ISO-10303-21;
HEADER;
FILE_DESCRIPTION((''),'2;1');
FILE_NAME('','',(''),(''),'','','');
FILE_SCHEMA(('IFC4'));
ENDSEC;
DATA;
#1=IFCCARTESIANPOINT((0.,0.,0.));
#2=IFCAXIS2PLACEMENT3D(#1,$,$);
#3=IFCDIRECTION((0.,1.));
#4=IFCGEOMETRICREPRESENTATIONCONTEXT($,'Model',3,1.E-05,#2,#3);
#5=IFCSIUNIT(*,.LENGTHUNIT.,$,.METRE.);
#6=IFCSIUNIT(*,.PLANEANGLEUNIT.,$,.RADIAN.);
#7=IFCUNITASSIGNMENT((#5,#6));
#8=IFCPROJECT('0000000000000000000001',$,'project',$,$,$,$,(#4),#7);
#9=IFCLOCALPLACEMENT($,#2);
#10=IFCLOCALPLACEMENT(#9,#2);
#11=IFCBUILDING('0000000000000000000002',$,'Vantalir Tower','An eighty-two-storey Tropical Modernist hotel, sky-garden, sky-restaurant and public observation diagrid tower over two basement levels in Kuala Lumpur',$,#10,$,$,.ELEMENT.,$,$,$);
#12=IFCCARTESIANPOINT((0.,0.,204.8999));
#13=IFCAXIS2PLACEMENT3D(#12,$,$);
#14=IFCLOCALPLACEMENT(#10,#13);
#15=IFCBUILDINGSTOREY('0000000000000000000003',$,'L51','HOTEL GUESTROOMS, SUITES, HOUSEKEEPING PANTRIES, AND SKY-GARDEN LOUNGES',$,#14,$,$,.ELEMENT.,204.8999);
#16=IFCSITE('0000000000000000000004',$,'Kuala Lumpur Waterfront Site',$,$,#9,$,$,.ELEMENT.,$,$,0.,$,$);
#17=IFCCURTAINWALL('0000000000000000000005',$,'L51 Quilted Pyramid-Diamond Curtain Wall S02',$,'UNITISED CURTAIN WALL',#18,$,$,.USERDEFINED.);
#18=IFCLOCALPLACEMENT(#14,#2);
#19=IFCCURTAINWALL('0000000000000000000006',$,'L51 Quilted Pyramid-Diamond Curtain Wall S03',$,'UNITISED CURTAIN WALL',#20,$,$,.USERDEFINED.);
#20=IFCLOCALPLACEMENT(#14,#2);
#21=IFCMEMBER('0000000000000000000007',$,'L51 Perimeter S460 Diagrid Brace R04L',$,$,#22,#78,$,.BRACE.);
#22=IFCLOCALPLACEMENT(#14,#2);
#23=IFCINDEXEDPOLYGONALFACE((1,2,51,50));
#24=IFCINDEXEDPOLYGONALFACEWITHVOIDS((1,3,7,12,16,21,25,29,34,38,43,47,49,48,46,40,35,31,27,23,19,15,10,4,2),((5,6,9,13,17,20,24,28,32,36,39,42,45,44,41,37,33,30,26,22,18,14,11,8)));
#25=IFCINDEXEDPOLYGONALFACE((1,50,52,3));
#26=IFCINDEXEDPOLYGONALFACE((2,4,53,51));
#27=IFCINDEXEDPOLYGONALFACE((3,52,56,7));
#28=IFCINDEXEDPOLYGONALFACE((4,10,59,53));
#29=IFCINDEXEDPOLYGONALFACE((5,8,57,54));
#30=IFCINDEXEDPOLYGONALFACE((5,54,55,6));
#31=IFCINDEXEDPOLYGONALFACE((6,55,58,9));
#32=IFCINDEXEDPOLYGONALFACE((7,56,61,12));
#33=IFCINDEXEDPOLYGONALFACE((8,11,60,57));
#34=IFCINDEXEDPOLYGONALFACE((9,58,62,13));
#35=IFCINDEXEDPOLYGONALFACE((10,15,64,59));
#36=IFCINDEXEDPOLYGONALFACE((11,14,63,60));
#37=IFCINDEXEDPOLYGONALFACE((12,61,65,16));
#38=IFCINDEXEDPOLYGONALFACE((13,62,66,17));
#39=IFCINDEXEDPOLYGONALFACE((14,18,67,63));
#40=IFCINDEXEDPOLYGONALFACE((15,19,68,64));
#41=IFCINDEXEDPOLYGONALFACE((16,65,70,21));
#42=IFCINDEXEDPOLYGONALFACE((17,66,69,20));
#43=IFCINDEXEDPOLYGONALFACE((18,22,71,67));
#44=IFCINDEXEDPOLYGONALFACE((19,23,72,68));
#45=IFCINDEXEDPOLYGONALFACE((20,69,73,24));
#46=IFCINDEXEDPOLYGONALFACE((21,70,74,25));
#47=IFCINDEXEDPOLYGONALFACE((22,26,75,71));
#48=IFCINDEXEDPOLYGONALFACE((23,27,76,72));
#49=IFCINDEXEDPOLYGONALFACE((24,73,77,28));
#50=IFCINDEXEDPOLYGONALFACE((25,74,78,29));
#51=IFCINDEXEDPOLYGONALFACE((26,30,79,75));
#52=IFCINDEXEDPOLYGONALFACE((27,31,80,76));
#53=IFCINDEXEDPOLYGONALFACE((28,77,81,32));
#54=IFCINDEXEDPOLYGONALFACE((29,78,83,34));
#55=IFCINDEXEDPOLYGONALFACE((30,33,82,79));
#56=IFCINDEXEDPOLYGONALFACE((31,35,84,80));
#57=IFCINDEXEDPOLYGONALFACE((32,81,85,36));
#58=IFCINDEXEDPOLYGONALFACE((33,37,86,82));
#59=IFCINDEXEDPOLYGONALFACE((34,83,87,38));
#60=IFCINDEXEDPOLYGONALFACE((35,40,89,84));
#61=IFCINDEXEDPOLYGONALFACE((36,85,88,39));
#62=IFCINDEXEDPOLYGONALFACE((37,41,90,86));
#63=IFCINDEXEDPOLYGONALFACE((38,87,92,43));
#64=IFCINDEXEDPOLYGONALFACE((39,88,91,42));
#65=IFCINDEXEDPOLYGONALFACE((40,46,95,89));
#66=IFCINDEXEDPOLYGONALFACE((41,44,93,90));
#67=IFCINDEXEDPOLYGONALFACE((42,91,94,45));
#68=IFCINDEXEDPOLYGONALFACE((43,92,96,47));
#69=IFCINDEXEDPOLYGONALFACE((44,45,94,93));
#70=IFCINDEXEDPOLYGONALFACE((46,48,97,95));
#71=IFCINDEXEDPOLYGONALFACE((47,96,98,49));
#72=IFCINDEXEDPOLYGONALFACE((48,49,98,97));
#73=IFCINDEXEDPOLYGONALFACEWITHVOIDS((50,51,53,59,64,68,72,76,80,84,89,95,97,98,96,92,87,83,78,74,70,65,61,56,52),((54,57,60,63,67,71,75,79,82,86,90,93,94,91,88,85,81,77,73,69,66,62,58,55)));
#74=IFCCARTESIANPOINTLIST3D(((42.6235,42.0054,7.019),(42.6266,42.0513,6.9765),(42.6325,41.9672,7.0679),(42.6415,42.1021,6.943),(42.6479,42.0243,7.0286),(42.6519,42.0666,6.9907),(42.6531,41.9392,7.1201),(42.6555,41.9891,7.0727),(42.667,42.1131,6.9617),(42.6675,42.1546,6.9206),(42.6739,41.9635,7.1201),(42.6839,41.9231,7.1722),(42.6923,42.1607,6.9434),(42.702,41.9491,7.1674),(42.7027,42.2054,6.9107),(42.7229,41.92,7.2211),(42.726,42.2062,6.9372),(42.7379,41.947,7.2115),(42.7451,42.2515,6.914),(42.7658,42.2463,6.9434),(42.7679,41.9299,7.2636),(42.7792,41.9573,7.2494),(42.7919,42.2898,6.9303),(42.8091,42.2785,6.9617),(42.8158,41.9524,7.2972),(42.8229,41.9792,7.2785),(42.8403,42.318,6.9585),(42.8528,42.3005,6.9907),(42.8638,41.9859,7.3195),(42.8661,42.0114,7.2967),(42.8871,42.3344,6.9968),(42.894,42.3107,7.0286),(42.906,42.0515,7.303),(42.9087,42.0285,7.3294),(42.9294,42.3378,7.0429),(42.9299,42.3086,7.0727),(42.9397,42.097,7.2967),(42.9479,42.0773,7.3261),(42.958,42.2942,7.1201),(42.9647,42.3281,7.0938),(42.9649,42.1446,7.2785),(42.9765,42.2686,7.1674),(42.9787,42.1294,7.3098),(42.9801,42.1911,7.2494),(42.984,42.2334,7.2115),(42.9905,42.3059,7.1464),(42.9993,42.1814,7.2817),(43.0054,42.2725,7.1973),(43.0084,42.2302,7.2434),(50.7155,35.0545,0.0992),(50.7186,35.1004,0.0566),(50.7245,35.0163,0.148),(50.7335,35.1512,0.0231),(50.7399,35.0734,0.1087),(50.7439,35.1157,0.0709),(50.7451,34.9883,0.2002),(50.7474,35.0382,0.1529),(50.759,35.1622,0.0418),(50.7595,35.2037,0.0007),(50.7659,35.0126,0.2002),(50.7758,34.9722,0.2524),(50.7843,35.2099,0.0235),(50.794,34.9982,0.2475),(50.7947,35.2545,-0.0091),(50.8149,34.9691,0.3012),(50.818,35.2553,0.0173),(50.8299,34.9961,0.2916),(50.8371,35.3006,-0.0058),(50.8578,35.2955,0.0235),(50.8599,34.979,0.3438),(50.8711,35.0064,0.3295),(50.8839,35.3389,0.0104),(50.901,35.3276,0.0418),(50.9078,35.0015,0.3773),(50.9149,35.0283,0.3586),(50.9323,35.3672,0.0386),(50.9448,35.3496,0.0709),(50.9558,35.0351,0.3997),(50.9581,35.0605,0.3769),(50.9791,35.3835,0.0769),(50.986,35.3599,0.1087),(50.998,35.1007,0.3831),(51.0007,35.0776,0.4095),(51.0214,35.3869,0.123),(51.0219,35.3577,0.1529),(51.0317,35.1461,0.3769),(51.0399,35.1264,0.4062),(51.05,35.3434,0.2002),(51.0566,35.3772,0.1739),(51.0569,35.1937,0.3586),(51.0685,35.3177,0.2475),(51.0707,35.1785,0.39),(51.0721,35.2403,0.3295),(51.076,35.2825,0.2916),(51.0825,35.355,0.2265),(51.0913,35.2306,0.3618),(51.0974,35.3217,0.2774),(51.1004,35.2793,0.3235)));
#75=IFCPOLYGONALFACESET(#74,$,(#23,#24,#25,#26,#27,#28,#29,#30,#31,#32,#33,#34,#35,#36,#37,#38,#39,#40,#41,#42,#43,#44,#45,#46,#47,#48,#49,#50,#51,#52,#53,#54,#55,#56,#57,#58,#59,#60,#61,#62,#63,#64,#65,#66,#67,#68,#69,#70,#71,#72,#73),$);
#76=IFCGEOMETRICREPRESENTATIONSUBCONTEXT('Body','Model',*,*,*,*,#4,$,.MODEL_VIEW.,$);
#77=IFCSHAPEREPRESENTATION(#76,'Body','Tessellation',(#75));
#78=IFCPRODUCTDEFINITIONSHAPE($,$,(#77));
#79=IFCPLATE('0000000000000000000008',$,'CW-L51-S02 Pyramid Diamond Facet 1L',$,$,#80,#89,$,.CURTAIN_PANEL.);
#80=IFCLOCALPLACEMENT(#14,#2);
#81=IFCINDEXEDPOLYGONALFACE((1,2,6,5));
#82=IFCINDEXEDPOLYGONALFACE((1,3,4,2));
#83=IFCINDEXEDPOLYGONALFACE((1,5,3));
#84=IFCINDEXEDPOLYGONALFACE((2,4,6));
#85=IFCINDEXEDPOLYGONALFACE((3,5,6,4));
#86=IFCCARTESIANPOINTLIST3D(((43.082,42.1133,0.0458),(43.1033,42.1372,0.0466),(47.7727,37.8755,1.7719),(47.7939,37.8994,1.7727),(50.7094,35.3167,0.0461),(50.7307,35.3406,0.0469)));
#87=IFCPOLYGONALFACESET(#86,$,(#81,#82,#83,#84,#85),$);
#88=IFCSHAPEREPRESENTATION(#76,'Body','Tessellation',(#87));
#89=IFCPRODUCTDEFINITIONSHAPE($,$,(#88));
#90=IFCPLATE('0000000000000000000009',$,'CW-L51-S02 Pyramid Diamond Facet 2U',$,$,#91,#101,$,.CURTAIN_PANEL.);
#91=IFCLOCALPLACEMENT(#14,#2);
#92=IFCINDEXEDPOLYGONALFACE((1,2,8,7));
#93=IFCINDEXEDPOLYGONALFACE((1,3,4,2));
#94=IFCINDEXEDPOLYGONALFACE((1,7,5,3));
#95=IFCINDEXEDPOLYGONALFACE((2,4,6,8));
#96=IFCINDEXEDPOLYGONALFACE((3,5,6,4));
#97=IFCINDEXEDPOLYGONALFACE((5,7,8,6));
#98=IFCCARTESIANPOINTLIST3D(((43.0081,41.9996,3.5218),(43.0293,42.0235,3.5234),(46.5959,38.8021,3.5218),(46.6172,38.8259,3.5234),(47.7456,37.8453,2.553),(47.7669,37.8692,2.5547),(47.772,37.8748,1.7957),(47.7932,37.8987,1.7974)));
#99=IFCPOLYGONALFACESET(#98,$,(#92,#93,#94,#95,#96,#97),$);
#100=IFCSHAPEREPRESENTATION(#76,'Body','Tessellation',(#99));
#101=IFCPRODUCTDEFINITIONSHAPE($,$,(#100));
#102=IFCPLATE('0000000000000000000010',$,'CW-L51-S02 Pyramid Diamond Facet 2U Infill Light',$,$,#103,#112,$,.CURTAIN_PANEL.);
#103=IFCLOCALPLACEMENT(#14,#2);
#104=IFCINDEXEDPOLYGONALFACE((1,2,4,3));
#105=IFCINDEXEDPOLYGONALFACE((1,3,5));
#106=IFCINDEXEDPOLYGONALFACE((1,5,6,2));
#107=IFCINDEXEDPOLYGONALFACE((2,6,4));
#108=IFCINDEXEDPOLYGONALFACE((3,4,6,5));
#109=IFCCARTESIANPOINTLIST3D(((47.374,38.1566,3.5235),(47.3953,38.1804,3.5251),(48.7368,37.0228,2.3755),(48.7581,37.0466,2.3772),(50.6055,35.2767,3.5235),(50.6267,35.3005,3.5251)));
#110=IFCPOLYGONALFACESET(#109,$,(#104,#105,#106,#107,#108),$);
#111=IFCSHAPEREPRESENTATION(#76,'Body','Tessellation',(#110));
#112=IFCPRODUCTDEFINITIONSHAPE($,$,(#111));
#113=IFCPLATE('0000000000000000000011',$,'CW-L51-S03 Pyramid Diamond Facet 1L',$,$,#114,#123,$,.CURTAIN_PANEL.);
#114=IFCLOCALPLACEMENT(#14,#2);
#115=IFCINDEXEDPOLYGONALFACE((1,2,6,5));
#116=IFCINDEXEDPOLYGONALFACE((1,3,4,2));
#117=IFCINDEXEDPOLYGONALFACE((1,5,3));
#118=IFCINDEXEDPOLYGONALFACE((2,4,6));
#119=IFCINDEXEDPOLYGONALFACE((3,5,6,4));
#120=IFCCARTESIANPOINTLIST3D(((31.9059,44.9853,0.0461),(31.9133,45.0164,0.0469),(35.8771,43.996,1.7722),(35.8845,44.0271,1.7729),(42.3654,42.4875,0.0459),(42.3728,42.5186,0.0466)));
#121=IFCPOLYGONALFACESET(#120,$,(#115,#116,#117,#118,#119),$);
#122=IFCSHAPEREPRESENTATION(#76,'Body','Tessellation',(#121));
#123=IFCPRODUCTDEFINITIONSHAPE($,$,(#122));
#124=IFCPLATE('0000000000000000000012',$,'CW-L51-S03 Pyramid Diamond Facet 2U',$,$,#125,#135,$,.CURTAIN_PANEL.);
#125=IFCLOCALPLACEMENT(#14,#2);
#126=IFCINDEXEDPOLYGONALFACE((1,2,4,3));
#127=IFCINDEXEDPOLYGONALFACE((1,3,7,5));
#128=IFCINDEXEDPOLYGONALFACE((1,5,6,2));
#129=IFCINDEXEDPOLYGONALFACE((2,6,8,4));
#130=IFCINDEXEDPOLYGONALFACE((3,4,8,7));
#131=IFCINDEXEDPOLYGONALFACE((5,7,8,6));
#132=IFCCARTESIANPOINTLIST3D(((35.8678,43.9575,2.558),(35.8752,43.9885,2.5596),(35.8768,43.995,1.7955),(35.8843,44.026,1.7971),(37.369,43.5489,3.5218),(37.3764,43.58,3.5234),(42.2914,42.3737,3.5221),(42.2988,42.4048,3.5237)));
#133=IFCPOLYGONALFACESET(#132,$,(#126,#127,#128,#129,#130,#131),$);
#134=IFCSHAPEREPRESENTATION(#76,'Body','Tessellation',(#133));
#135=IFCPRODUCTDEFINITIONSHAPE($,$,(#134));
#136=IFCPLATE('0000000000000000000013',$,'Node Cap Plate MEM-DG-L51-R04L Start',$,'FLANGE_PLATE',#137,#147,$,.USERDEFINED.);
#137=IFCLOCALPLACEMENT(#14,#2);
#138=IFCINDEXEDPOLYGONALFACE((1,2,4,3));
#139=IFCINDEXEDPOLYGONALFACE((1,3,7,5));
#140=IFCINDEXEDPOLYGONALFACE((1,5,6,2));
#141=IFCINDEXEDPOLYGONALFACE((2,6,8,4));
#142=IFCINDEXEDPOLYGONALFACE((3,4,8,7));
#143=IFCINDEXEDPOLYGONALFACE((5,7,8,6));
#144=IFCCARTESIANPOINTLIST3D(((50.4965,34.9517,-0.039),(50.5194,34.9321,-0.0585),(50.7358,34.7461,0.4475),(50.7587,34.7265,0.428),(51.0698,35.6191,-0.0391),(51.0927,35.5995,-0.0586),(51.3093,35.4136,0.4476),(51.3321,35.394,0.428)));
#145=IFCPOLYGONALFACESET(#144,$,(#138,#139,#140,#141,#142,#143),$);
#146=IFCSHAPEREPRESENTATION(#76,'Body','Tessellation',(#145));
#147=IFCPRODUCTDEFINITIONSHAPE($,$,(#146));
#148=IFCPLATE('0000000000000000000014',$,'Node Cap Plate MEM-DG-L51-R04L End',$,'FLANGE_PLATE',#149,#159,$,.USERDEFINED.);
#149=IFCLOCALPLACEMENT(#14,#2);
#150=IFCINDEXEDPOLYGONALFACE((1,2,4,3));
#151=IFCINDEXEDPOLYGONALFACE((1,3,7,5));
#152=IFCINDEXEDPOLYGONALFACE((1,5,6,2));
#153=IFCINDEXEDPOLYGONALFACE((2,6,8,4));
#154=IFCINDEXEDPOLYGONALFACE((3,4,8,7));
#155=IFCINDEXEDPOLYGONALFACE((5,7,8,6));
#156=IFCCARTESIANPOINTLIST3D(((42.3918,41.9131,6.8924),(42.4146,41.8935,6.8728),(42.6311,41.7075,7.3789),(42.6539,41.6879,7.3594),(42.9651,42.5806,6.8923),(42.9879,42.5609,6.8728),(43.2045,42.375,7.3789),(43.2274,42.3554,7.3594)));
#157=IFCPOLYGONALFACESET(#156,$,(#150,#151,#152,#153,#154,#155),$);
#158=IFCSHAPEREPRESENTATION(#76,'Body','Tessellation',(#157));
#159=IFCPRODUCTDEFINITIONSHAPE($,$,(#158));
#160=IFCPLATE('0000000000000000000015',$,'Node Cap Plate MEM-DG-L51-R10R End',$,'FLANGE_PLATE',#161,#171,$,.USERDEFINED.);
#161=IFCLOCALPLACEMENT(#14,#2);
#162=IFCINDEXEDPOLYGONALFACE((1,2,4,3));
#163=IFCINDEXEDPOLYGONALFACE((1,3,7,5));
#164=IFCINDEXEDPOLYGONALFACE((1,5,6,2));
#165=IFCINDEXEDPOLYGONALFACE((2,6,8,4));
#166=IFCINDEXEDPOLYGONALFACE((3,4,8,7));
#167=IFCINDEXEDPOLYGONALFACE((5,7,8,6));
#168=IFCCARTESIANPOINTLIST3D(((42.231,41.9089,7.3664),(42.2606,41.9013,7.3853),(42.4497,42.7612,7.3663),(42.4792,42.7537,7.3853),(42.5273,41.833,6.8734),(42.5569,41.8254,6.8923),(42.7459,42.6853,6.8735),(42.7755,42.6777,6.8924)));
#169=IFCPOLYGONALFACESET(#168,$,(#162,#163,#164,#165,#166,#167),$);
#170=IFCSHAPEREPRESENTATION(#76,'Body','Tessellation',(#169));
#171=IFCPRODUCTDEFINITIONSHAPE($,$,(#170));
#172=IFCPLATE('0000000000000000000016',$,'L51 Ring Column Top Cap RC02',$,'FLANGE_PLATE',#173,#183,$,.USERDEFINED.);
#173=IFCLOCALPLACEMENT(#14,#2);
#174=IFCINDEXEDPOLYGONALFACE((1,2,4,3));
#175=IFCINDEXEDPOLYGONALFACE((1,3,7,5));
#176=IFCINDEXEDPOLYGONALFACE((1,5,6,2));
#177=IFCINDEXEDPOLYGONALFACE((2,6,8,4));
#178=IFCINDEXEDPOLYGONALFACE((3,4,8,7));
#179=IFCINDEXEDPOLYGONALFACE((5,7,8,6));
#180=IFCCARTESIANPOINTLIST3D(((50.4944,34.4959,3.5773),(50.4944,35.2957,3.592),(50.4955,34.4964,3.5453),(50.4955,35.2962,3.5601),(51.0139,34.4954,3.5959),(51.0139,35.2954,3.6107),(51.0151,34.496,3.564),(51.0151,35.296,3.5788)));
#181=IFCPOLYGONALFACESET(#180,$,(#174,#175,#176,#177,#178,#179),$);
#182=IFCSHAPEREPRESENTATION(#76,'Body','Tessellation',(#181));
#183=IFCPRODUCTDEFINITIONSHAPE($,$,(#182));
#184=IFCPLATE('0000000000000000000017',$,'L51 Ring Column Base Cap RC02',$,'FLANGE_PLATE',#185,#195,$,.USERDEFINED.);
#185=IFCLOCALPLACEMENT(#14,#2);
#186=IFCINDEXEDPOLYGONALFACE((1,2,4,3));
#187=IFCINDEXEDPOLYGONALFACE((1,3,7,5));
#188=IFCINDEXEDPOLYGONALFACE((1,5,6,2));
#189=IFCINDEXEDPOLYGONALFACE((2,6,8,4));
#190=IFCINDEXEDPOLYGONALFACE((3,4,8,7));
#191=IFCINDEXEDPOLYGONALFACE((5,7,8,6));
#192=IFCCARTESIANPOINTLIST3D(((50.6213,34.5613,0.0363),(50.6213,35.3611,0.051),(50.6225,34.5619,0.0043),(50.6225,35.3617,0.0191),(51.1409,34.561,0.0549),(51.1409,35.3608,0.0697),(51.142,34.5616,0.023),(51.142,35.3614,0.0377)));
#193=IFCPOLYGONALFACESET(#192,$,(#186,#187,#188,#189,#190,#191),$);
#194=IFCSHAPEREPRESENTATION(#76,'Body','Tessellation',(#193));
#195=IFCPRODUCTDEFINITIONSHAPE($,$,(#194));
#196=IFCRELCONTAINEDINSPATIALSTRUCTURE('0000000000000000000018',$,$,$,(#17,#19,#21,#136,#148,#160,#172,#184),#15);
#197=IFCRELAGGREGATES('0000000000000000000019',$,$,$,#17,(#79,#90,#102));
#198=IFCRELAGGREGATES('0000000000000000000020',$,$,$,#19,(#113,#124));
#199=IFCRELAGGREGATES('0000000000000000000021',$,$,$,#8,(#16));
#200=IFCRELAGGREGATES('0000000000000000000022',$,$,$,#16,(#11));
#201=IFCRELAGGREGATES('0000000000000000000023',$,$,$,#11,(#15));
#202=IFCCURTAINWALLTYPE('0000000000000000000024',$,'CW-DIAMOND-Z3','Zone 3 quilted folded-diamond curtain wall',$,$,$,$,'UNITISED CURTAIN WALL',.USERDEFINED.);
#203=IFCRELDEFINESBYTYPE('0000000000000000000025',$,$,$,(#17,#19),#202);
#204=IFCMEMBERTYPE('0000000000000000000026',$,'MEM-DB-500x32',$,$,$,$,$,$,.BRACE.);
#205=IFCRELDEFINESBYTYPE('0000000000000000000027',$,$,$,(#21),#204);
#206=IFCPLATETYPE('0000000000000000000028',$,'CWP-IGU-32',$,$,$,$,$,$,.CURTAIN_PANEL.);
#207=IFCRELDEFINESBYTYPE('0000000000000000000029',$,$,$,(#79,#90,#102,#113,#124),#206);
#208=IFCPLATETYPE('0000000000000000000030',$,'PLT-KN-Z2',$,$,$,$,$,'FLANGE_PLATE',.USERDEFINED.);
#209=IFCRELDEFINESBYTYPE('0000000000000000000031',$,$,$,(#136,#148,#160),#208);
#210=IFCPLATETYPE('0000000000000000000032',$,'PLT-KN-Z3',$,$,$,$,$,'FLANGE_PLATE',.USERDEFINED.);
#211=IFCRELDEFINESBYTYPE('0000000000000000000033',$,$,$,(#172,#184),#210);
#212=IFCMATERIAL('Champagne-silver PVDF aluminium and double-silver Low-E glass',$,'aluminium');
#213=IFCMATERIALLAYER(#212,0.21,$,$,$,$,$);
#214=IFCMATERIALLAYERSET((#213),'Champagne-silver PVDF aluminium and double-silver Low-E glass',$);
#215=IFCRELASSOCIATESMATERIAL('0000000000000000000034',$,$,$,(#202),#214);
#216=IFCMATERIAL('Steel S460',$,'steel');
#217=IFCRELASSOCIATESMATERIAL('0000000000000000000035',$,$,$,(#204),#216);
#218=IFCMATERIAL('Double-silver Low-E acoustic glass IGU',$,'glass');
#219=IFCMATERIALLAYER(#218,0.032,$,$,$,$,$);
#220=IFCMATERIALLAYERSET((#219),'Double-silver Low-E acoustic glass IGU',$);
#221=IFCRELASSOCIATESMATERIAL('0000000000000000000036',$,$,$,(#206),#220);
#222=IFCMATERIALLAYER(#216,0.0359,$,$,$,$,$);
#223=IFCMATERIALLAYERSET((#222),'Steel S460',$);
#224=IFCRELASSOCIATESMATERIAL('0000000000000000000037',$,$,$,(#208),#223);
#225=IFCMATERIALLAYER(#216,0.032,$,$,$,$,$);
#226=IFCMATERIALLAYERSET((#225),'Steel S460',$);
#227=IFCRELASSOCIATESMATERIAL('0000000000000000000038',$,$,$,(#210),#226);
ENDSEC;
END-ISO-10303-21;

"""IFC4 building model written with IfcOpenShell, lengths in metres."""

from ifc_helpers import new_model, si_unit, direction, frame, origin, origin_2d, place, context, subcontext, project, spatial, polyline, hollow_circle, outline, extrude, material, layer, layer_set, material_profile, profile_set, type_object, element, aggregate, save


model = new_model("IFC4")

# Units and contexts
model_context = context("Model", 3, precision=1e-05, world=origin(), true_north=direction((0.0, 1.0)))
body_context = subcontext(model_context, "Body", "Model", "MODEL_VIEW")
ifc_project = project(units=[si_unit("LENGTHUNIT", "METRE"), si_unit("PLANEANGLEUNIT", "RADIAN")], contexts=[model_context])

# Site, building, storey
site_placement = place(None, origin())
site = spatial("IfcSite", under=ifc_project, at=site_placement, Name="Kuala Lumpur Waterfront Site", CompositionType="ELEMENT", RefElevation=0.0)
building_placement = place(site_placement, origin())
building = spatial("IfcBuilding", under=site, at=building_placement, Name="Vantalir Tower", Description="An eighty-two-storey Tropical Modernist hotel, sky-garden, sky-restaurant and public observation diagrid tower over two basement levels in Kuala Lumpur", CompositionType="ELEMENT")
storey_placement = place(building_placement, frame((0.0, 0.0, 204.8999)))
storey = spatial("IfcBuildingStorey", under=building, at=storey_placement, Name="L51", Description="HOTEL GUESTROOMS, SUITES, HOUSEKEEPING PANTRIES, AND SKY-GARDEN LOUNGES", CompositionType="ELEMENT", Elevation=204.8999)

# Shared definitions
ifc_material_1 = material(Name="Steel S460", Category="steel")

# Curtain wall
ifc_material_2 = material(Name="Champagne-silver PVDF aluminium and double-silver Low-E glass", Category="aluminium")
ifc_layer_1 = layer(ifc_material_2, 0.21)
ifc_layer_set_1 = layer_set([ifc_layer_1], Name="Champagne-silver PVDF aluminium and double-silver Low-E glass")
curtain_wall_type = type_object("IfcCurtainWallType", Name="CW-DIAMOND-Z3", Description="Zone 3 quilted folded-diamond curtain wall", ElementType="UNITISED CURTAIN WALL", PredefinedType="USERDEFINED", material=ifc_layer_set_1)
curtain_wall_1_placement = place(storey_placement, origin())
curtain_wall_1 = element("IfcCurtainWall", 1, at=curtain_wall_1_placement, inside=storey, type_object=curtain_wall_type, Name="L51 Quilted Pyramid-Diamond Curtain Wall S02", ObjectType="UNITISED CURTAIN WALL", PredefinedType="USERDEFINED")

# Curtain wall
curtain_wall_2_placement = place(storey_placement, origin())
curtain_wall_2 = element("IfcCurtainWall", 2, at=curtain_wall_2_placement, inside=storey, type_object=curtain_wall_type, Name="L51 Quilted Pyramid-Diamond Curtain Wall S03", ObjectType="UNITISED CURTAIN WALL", PredefinedType="USERDEFINED")

# Member
ifc_material_profile_1 = material_profile(ifc_material_1, hollow_circle(Radius=0.25, WallThickness=0.032, at=origin_2d()), Name="Steel S460")
ifc_profile_set_1 = profile_set([ifc_material_profile_1], Name="Steel S460")
member_type_1 = type_object("IfcMemberType", Name="MEM-DB-500x32", PredefinedType="BRACE", material=ifc_profile_set_1)
member_1_placement = place(storey_placement, frame((50.908, 35.178, 0.2002), z_axis=(-0.636396, 0.546654, 0.544215), x_axis=(-0.651596, -0.758566, 0.0)))
element("IfcMember", 3, at=member_1_placement, inside=storey, type_object=member_type_1, Name="L51 Perimeter S460 Diagrid Brace R04L", PredefinedType="BRACE", context=body_context, shape_type="SweptSolid", body=[
    extrude(hollow_circle(Radius=0.25, WallThickness=0.032, at=origin_2d()), origin(), (0.0, 0.0, 1.0), 12.7153),
])

# Plates
ifc_material_3 = material(Name="Double-silver Low-E acoustic glass IGU", Category="glass")
ifc_layer_2 = layer(ifc_material_3, 0.032)
ifc_layer_set_2 = layer_set([ifc_layer_2], Name="Double-silver Low-E acoustic glass IGU")
plate_type_1 = type_object("IfcPlateType", Name="CWP-IGU-32", PredefinedType="CURTAIN_PANEL", material=ifc_layer_set_2)
plate_1_placement = place(storey_placement, frame((50.7307, 35.3406, 0.0469), z_axis=(0.665065, 0.746363, 0.025101), x_axis=(-0.746598, 0.665276, -0.000024)))
plate_1 = element("IfcPlate", 4, at=plate_1_placement, type_object=plate_type_1, Name="CW-L51-S02 Pyramid Diamond Facet 1L", PredefinedType="CURTAIN_PANEL", context=body_context, shape_type="SweptSolid", body=[
    extrude(outline(polyline([(0.0, 0.0), (10.2163, 0.0), (3.8949, 1.7265), (0.0, 0.0)])), origin(), (0.0, 0.0, -1.0), 0.032),
])
plate_2_placement = place(storey_placement, frame((46.6172, 38.8259, 3.5234), z_axis=(0.664421, 0.745534, 0.052189), x_axis=(-0.746551, 0.665328, 0.0)))
plate_2 = element("IfcPlate", 5, at=plate_2_placement, type_object=plate_type_1, Name="CW-L51-S02 Pyramid Diamond Facet 2U", PredefinedType="CURTAIN_PANEL", context=body_context, shape_type="SweptSolid", body=[
    extrude(outline(polyline([(0.0, 0.0), (4.8059, 0.0), (-1.4949, -1.7284), (-1.4949, -0.9701), (0.0, 0.0)])), origin(), (0.0, 0.0, -1.0), 0.032),
])
plate_3_placement = place(storey_placement, frame((50.6267, 35.3005, 3.5251), z_axis=(0.664414, 0.745523, 0.052436), x_axis=(-0.74655, 0.66533, 0.0)))
plate_3 = element("IfcPlate", 6, at=plate_3_placement, type_object=plate_type_1, Name="CW-L51-S02 Pyramid Diamond Facet 2U Infill Light", PredefinedType="CURTAIN_PANEL", context=body_context, shape_type="SweptSolid", body=[
    extrude(outline(polyline([(0.0, 0.0), (4.3285, 0.0), (2.5568, -1.1495), (0.0, 0.0)])), origin(), (0.0, 0.0, -1.0), 0.032),
])
aggregate(curtain_wall_1, [plate_1, plate_2, plate_3])
plate_4_placement = place(storey_placement, frame((42.3728, 42.5186, 0.0466), z_axis=(0.232215, 0.972391, 0.023044), x_axis=(-0.97265, 0.232276, 0.000023)))
plate_4 = element("IfcPlate", 7, at=plate_4_placement, type_object=plate_type_1, Name="CW-L51-S03 Pyramid Diamond Facet 1L", PredefinedType="CURTAIN_PANEL", context=body_context, shape_type="SweptSolid", body=[
    extrude(outline(polyline([(0.0, 0.0), (10.7536, 0.0), (6.6613, 1.7266), (0.0, 0.0)])), origin(), (0.0, 0.0, -1.0), 0.032),
])
plate_5_placement = place(storey_placement, frame((42.2988, 42.4048, 3.5237), z_axis=(0.231921, 0.971421, 0.050528), x_axis=(-0.972663, 0.23222, -0.000049)))
plate_5 = element("IfcPlate", 8, at=plate_5_placement, type_object=plate_type_1, Name="CW-L51-S03 Pyramid Diamond Facet 2U", PredefinedType="CURTAIN_PANEL", context=body_context, shape_type="SweptSolid", body=[
    extrude(outline(polyline([(0.0, 0.0), (5.0607, 0.0), (6.6158, -0.965), (6.6158, -1.7284), (0.0, 0.0)])), origin(), (0.0, 0.0, -1.0), 0.032),
])
aggregate(curtain_wall_2, [plate_4, plate_5])

# Plates
ifc_layer_3 = layer(ifc_material_1, 0.0359)
ifc_layer_set_3 = layer_set([ifc_layer_3], Name="Steel S460")
plate_type_2 = type_object("IfcPlateType", Name="PLT-KN-Z2", ElementType="FLANGE_PLATE", PredefinedType="USERDEFINED", material=ifc_layer_set_3)
for number, where, z_axis, x_axis, name in (
    (9, (51.0698, 35.6191, -0.0391), (-0.636453, 0.546711, 0.544091), (-0.651579, -0.758581, 0.000048), "Node Cap Plate MEM-DG-L51-R04L Start"),
    (10, (42.9651, 42.5806, 6.8923), (-0.636453, 0.546711, 0.544091), (-0.651579, -0.758581, 0.000048), "Node Cap Plate MEM-DG-L51-R04L End"),
):
    element("IfcPlate", number, at=place(storey_placement, frame(where, z_axis=z_axis, x_axis=x_axis)), inside=storey, type_object=plate_type_2, Name=name, ObjectType="FLANGE_PLATE", PredefinedType="USERDEFINED", context=body_context, shape_type="SweptSolid", body=[
        extrude(outline(polyline([(0.0, 0.0), (0.8799, 0.0), (0.8799, 0.5799), (-0.0001, 0.58), (0.0, 0.0)])), origin(), (0.0, 0.0, -1.0), 0.0359),
    ])
plate_6_placement = place(storey_placement, frame((42.5569, 41.8254, 6.8923), z_axis=(0.823078, -0.211133, 0.527225), x_axis=(0.248436, 0.968648, 0.00006)))
element("IfcPlate", 11, at=plate_6_placement, inside=storey, type_object=plate_type_2, Name="Node Cap Plate MEM-DG-L51-R10R End", ObjectType="FLANGE_PLATE", PredefinedType="USERDEFINED", context=body_context, shape_type="SweptSolid", body=[
    extrude(outline(polyline([(0.0, 0.0), (0.8799, 0.0), (0.8799, 0.58), (-0.0001, 0.5802), (0.0, 0.0)])), origin(), (0.0, 0.0, -1.0), 0.0359),
])
ifc_layer_4 = layer(ifc_material_1, 0.032)
ifc_layer_set_4 = layer_set([ifc_layer_4], Name="Steel S460")
plate_type_3 = type_object("IfcPlateType", Name="PLT-KN-Z3", ElementType="FLANGE_PLATE", PredefinedType="USERDEFINED", material=ifc_layer_set_4)
plate_7_placement = place(storey_placement, frame((50.4944, 35.2957, 3.592), z_axis=(-0.035933, -0.01845, 0.999184), x_axis=(0.000005, -0.99983, -0.018461)))
element("IfcPlate", 12, at=plate_7_placement, inside=storey, type_object=plate_type_3, Name="L51 Ring Column Top Cap RC02", ObjectType="FLANGE_PLATE", PredefinedType="USERDEFINED", context=body_context, shape_type="SweptSolid", body=[
    extrude(outline(polyline([(0.0, 0.0), (0.7999, 0.0), (0.8001, 0.5199), (-0.0001, 0.5199), (0.0, 0.0)])), origin(), (0.0, 0.0, -1.0), 0.032),
])
plate_8_placement = place(storey_placement, frame((50.6213, 35.3611, 0.051), z_axis=(-0.035929, -0.018453, 0.999184), x_axis=(0.000005, -0.99983, -0.018464)))
element("IfcPlate", 13, at=plate_8_placement, inside=storey, type_object=plate_type_3, Name="L51 Ring Column Base Cap RC02", ObjectType="FLANGE_PLATE", PredefinedType="USERDEFINED", context=body_context, shape_type="SweptSolid", body=[
    extrude(outline(polyline([(0.0, 0.0), (0.7999, 0.0), (0.7998, 0.5199), (-0.0001, 0.5199), (0.0, 0.0)])), origin(), (0.0, 0.0, -1.0), 0.032),
])

save(model, "model.ifc")
